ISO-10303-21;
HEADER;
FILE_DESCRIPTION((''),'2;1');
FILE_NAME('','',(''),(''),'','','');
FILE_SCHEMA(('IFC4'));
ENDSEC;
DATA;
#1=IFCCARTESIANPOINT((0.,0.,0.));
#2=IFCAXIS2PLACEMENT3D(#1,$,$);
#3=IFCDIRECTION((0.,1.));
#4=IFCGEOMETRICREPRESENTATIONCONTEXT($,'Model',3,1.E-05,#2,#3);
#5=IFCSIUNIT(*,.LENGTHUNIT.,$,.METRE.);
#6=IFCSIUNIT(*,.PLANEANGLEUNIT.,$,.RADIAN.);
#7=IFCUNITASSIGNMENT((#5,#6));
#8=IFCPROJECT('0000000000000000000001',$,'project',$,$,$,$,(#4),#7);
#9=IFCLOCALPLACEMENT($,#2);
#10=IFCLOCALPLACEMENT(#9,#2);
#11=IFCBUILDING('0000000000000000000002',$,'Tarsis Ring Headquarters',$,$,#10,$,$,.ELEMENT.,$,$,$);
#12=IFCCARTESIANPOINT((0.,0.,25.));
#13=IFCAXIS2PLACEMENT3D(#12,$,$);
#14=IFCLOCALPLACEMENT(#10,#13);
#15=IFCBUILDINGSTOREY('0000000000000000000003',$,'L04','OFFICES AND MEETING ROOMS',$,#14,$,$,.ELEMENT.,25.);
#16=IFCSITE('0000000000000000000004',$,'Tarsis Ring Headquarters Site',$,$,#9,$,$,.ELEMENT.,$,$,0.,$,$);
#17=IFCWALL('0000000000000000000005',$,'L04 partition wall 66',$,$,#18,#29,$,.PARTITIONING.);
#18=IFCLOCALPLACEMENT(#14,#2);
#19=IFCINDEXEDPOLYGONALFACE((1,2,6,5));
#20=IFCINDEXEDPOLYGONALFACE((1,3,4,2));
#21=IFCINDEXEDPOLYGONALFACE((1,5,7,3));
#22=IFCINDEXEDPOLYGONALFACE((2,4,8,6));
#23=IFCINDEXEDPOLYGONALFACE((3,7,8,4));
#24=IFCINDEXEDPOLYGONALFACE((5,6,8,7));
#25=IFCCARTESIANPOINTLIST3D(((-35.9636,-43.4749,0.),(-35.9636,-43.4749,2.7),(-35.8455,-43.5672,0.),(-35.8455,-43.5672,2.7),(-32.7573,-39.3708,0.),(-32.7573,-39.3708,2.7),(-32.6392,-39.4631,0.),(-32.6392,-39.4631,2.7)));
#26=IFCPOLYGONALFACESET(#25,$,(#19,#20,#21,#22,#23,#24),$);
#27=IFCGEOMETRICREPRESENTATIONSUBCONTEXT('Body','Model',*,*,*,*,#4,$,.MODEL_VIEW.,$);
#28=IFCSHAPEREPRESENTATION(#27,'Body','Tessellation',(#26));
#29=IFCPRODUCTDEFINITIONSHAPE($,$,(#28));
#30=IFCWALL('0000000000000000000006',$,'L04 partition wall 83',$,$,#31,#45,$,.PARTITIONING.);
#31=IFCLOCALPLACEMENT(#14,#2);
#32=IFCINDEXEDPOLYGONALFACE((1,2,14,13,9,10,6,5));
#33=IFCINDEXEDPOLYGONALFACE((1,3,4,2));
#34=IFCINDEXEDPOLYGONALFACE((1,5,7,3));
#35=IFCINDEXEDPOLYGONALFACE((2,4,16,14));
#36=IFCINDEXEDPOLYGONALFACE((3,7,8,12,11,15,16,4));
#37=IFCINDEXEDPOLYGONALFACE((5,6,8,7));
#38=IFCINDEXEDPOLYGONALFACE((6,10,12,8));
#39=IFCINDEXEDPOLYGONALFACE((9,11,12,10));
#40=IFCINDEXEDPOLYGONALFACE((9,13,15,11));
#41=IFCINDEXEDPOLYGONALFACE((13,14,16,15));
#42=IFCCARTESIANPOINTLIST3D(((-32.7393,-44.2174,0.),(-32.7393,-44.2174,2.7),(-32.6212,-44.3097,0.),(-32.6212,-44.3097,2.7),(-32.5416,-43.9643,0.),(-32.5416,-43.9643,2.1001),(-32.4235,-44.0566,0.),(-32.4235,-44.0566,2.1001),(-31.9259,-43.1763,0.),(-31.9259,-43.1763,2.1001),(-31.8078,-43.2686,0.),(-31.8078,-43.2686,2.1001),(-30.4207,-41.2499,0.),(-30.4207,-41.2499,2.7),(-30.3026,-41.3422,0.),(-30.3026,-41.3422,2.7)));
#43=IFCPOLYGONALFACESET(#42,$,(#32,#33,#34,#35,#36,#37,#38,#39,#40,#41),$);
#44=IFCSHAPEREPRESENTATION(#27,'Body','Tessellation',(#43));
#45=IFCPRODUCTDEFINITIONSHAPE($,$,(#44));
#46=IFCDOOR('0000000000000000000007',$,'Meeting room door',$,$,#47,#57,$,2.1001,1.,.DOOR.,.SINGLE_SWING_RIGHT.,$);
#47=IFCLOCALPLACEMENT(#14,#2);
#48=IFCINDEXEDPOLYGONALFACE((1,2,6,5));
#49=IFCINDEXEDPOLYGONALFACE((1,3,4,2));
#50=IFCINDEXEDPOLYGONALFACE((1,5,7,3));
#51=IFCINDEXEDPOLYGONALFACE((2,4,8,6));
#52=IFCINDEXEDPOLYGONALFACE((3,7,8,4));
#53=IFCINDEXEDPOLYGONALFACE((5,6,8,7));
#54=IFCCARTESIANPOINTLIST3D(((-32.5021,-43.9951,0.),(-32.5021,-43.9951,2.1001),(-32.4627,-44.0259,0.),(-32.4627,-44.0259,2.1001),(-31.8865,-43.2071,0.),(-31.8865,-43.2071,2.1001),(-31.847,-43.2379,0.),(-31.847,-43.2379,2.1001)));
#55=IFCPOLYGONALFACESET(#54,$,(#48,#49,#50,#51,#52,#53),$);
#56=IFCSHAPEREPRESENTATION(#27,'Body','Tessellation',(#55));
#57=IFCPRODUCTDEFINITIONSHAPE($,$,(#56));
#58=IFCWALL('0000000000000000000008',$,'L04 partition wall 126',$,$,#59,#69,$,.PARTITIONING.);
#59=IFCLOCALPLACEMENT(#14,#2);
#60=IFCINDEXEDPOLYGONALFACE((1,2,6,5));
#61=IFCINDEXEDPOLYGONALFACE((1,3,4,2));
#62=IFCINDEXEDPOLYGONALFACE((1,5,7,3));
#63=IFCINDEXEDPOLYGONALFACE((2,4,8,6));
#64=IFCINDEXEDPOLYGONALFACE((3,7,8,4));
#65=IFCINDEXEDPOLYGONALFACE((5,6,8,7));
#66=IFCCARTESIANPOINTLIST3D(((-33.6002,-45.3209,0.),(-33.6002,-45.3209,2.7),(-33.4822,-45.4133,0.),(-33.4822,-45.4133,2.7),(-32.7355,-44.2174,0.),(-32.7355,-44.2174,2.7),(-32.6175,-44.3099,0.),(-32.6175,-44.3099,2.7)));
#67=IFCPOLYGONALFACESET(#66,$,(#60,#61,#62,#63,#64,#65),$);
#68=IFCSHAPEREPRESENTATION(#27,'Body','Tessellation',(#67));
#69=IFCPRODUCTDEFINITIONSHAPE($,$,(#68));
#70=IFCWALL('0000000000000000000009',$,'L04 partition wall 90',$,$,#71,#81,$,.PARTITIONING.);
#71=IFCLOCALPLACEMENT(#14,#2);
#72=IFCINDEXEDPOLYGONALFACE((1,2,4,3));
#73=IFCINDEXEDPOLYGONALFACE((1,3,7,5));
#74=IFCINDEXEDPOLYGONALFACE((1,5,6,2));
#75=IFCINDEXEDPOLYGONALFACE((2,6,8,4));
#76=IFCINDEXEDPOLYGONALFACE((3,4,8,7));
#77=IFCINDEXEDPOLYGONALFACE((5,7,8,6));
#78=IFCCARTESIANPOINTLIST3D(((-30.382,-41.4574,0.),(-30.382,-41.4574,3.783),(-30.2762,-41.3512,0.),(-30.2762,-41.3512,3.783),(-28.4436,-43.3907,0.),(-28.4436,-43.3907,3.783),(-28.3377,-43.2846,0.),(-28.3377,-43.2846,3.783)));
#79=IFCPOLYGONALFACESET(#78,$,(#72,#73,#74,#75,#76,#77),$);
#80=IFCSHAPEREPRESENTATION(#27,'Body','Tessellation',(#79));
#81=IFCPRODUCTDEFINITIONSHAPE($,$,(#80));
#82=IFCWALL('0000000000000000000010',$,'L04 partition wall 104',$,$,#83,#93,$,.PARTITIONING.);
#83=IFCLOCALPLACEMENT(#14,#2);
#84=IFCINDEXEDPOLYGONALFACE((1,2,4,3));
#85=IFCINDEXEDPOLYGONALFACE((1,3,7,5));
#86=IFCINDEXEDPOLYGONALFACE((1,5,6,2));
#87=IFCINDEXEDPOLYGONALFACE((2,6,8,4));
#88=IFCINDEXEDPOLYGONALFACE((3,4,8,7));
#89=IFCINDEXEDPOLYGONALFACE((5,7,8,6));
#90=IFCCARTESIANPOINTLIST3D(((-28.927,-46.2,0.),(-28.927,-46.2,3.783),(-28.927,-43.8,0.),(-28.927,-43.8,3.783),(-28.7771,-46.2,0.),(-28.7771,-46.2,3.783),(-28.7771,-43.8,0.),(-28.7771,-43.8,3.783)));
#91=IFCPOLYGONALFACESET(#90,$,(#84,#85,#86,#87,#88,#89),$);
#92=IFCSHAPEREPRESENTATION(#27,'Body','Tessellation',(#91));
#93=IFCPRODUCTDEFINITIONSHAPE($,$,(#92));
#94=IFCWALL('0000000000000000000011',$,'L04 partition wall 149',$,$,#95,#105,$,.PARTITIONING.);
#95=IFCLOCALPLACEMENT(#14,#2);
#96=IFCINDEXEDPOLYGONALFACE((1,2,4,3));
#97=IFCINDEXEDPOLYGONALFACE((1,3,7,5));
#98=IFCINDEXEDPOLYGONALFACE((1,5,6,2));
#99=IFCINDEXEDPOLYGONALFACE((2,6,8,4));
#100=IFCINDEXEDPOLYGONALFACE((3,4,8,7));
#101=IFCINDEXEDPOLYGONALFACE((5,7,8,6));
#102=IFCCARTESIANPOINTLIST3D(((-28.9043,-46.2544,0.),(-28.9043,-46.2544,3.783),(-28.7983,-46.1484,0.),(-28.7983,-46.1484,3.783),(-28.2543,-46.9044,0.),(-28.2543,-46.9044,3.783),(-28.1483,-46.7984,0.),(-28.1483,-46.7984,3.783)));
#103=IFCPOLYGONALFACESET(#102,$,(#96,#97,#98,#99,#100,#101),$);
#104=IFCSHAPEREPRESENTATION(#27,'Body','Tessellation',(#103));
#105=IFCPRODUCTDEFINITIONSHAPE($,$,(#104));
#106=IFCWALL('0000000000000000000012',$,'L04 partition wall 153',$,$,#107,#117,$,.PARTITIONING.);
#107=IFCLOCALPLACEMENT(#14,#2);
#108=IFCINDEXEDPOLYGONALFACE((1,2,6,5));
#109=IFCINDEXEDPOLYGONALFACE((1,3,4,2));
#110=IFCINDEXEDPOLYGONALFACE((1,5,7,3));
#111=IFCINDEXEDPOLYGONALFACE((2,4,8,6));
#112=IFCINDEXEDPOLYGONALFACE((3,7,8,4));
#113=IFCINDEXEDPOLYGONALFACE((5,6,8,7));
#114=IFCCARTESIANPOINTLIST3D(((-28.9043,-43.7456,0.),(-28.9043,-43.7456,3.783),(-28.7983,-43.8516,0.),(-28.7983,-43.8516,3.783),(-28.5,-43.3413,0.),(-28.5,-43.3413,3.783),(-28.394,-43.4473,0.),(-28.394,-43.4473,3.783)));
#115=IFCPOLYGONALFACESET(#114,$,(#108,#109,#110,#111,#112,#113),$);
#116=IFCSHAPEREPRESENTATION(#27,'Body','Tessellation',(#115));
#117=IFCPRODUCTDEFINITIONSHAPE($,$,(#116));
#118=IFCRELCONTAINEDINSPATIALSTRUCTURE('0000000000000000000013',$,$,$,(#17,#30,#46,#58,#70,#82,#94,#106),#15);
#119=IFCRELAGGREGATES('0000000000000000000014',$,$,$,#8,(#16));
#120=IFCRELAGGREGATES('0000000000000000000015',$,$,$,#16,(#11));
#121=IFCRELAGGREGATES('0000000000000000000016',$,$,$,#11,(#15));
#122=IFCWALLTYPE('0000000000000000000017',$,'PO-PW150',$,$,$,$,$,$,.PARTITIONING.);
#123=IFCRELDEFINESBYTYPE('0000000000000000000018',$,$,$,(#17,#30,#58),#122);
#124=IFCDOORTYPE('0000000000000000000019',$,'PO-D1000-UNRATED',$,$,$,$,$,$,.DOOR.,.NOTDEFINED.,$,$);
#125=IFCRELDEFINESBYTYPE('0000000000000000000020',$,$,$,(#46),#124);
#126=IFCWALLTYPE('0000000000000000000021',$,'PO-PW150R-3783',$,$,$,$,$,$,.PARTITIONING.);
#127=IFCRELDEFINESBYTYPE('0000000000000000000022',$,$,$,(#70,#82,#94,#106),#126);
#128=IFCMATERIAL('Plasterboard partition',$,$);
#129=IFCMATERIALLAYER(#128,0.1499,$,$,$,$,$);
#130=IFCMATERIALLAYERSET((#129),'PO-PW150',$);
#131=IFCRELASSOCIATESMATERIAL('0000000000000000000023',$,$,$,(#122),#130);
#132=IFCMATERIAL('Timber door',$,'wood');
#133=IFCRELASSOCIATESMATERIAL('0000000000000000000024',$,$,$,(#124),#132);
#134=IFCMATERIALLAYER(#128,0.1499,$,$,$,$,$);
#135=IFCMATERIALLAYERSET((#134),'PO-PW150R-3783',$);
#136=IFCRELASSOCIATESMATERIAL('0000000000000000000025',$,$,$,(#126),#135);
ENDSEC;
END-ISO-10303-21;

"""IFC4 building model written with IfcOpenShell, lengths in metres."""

from ifc_helpers import new_model, si_unit, direction, frame, frame_2d, origin, place, context, subcontext, project, spatial, rectangle, extrude, material, layer, layer_set, type_object, element, fill, save


model = new_model("IFC4")

# Units and contexts
model_context = context("Model", 3, precision=1e-05, world=origin(), true_north=direction((0.0, 1.0)))
body_context = subcontext(model_context, "Body", "Model", "MODEL_VIEW")
ifc_project = project(units=[si_unit("LENGTHUNIT", "METRE"), si_unit("PLANEANGLEUNIT", "RADIAN")], contexts=[model_context])

# Site, building, storey
site_placement = place(None, origin())
site = spatial("IfcSite", under=ifc_project, at=site_placement, Name="Tarsis Ring Headquarters Site", CompositionType="ELEMENT", RefElevation=0.0)
building_placement = place(site_placement, origin())
building = spatial("IfcBuilding", under=site, at=building_placement, Name="Tarsis Ring Headquarters", CompositionType="ELEMENT")
storey_placement = place(building_placement, frame((0.0, 0.0, 25.0)))
storey = spatial("IfcBuildingStorey", under=building, at=storey_placement, Name="L04", Description="OFFICES AND MEETING ROOMS", CompositionType="ELEMENT", Elevation=25.0)

# Wall
ifc_material_1 = material(Name="Plasterboard partition")
ifc_layer_1 = layer(ifc_material_1, 0.1499)
ifc_layer_set_1 = layer_set([ifc_layer_1], Name="PO-PW150")
wall_type_1 = type_object("IfcWallType", Name="PO-PW150", PredefinedType="PARTITIONING", material=ifc_layer_set_1)
wall_1_placement = place(storey_placement, frame((-32.6982, -39.417, 0.0), z_axis=(0.0, 0.0, 1.0), x_axis=(-0.61565, -0.78802, 0.0)))
element("IfcWall", 1, at=wall_1_placement, inside=storey, type_object=wall_type_1, Name="L04 partition wall 66", PredefinedType="PARTITIONING", context=body_context, shape_type="SweptSolid", body=[
    extrude(rectangle(XDim=5.208, YDim=0.1499, at=frame_2d((2.604, 0.0))), origin(), (0.0, 0.0, 1.0), 2.7),
])

# Wall, opening, door
wall_2_placement = place(storey_placement, frame((-32.6802, -44.2634, 0.0), z_axis=(0.0, 0.0, 1.0), x_axis=(0.615681, 0.787996, 0.0)))
wall_2 = element("IfcWall", 2, at=wall_2_placement, inside=storey, type_object=wall_type_1, Name="L04 partition wall 83", PredefinedType="PARTITIONING", context=body_context, shape_type="SweptSolid", body=[
    extrude(rectangle(XDim=3.7659, YDim=0.1499, at=frame_2d((1.8828, 0.0))), origin(), (0.0, 0.0, 1.0), 2.7),
])
opening_placement = place(wall_2_placement, frame((0.321, 0.0, 0.0)))
opening = element("IfcOpeningElement", 3, at=opening_placement, cuts=wall_2, PredefinedType="OPENING", context=body_context, shape_type="SweptSolid", body=[
    extrude(rectangle(XDim=1.0, YDim=2.1001, at=frame_2d((0.5, 1.05))), frame((0.0, 0.085, 0.0), z_axis=(0.0, -1.0, 0.0), x_axis=(1.0, 0.0, 0.0)), (0.0, 0.0, 1.0), 0.1699),
])
ifc_material_2 = material(Name="Timber door", Category="wood")
door_type = type_object("IfcDoorType", Name="PO-D1000-UNRATED", OperationType="NOTDEFINED", PredefinedType="DOOR", material=ifc_material_2)
door_placement = place(opening_placement, origin())
door = element("IfcDoor", 4, at=door_placement, inside=storey, type_object=door_type, Name="Meeting room door", OperationType="SINGLE_SWING_RIGHT", OverallHeight=2.1001, OverallWidth=1.0, PredefinedType="DOOR", context=body_context, shape_type="SweptSolid", body=[
    extrude(rectangle(XDim=1.0, YDim=2.1001, at=frame_2d((0.5, 1.05))), frame((0.0, 0.0249, 0.0), z_axis=(0.0, -1.0, 0.0), x_axis=(1.0, 0.0, 0.0)), (0.0, 0.0, 1.0), 0.05),
])
fill(opening, door)

# Walls
wall_3_placement = place(storey_placement, frame((-32.6765, -44.2637, 0.0), z_axis=(0.0, 0.0, 1.0), x_axis=(-0.616806, -0.787115, 0.0)))
element("IfcWall", 5, at=wall_3_placement, inside=storey, type_object=wall_type_1, Name="L04 partition wall 126", PredefinedType="PARTITIONING", context=body_context, shape_type="SweptSolid", body=[
    extrude(rectangle(XDim=1.4019, YDim=0.1499, at=frame_2d((0.7009, 0.0))), origin(), (0.0, 0.0, 1.0), 2.7),
])
ifc_layer_2 = layer(ifc_material_1, 0.1499)
ifc_layer_set_2 = layer_set([ifc_layer_2], Name="PO-PW150R-3783")
wall_type_2 = type_object("IfcWallType", Name="PO-PW150R-3783", PredefinedType="PARTITIONING", material=ifc_layer_set_2)
wall_4_placement = place(storey_placement, frame((-28.3906, -43.3376, 0.0), z_axis=(0.0, 0.0, 1.0), x_axis=(-0.708042, 0.70617, 0.0)))
element("IfcWall", 6, at=wall_4_placement, inside=storey, type_object=wall_type_2, Name="L04 partition wall 90", PredefinedType="PARTITIONING", context=body_context, shape_type="SweptSolid", body=[
    extrude(rectangle(XDim=2.7378, YDim=0.1499, at=frame_2d((1.3689, 0.0))), origin(), (0.0, 0.0, 1.0), 3.783),
])
wall_5_placement = place(storey_placement, frame((-28.8521, -46.2, 0.0), z_axis=(0.0, 0.0, 1.0), x_axis=(0.0, 1.0, 0.0)))
element("IfcWall", 7, at=wall_5_placement, inside=storey, type_object=wall_type_2, Name="L04 partition wall 104", PredefinedType="PARTITIONING", context=body_context, shape_type="SweptSolid", body=[
    extrude(rectangle(XDim=2.3999, YDim=0.1499, at=frame_2d((1.2, 0.0))), origin(), (0.0, 0.0, 1.0), 3.783),
])
wall_6_placement = place(storey_placement, frame((-28.2014, -46.8513, 0.0), z_axis=(0.0, 0.0, 1.0), x_axis=(-0.707107, 0.707107, 0.0)))
element("IfcWall", 8, at=wall_6_placement, inside=storey, type_object=wall_type_2, Name="L04 partition wall 149", PredefinedType="PARTITIONING", context=body_context, shape_type="SweptSolid", body=[
    extrude(rectangle(XDim=0.9192, YDim=0.1499, at=frame_2d((0.4595, 0.0))), origin(), (0.0, 0.0, 1.0), 3.783),
])
wall_7_placement = place(storey_placement, frame((-28.8513, -43.7986, 0.0), z_axis=(0.0, 0.0, 1.0), x_axis=(0.707107, 0.707107, 0.0)))
element("IfcWall", 9, at=wall_7_placement, inside=storey, type_object=wall_type_2, Name="L04 partition wall 153", PredefinedType="PARTITIONING", context=body_context, shape_type="SweptSolid", body=[
    extrude(rectangle(XDim=0.5718, YDim=0.1499, at=frame_2d((0.2859, 0.0))), origin(), (0.0, 0.0, 1.0), 3.783),
])

save(model, "model.ifc")
